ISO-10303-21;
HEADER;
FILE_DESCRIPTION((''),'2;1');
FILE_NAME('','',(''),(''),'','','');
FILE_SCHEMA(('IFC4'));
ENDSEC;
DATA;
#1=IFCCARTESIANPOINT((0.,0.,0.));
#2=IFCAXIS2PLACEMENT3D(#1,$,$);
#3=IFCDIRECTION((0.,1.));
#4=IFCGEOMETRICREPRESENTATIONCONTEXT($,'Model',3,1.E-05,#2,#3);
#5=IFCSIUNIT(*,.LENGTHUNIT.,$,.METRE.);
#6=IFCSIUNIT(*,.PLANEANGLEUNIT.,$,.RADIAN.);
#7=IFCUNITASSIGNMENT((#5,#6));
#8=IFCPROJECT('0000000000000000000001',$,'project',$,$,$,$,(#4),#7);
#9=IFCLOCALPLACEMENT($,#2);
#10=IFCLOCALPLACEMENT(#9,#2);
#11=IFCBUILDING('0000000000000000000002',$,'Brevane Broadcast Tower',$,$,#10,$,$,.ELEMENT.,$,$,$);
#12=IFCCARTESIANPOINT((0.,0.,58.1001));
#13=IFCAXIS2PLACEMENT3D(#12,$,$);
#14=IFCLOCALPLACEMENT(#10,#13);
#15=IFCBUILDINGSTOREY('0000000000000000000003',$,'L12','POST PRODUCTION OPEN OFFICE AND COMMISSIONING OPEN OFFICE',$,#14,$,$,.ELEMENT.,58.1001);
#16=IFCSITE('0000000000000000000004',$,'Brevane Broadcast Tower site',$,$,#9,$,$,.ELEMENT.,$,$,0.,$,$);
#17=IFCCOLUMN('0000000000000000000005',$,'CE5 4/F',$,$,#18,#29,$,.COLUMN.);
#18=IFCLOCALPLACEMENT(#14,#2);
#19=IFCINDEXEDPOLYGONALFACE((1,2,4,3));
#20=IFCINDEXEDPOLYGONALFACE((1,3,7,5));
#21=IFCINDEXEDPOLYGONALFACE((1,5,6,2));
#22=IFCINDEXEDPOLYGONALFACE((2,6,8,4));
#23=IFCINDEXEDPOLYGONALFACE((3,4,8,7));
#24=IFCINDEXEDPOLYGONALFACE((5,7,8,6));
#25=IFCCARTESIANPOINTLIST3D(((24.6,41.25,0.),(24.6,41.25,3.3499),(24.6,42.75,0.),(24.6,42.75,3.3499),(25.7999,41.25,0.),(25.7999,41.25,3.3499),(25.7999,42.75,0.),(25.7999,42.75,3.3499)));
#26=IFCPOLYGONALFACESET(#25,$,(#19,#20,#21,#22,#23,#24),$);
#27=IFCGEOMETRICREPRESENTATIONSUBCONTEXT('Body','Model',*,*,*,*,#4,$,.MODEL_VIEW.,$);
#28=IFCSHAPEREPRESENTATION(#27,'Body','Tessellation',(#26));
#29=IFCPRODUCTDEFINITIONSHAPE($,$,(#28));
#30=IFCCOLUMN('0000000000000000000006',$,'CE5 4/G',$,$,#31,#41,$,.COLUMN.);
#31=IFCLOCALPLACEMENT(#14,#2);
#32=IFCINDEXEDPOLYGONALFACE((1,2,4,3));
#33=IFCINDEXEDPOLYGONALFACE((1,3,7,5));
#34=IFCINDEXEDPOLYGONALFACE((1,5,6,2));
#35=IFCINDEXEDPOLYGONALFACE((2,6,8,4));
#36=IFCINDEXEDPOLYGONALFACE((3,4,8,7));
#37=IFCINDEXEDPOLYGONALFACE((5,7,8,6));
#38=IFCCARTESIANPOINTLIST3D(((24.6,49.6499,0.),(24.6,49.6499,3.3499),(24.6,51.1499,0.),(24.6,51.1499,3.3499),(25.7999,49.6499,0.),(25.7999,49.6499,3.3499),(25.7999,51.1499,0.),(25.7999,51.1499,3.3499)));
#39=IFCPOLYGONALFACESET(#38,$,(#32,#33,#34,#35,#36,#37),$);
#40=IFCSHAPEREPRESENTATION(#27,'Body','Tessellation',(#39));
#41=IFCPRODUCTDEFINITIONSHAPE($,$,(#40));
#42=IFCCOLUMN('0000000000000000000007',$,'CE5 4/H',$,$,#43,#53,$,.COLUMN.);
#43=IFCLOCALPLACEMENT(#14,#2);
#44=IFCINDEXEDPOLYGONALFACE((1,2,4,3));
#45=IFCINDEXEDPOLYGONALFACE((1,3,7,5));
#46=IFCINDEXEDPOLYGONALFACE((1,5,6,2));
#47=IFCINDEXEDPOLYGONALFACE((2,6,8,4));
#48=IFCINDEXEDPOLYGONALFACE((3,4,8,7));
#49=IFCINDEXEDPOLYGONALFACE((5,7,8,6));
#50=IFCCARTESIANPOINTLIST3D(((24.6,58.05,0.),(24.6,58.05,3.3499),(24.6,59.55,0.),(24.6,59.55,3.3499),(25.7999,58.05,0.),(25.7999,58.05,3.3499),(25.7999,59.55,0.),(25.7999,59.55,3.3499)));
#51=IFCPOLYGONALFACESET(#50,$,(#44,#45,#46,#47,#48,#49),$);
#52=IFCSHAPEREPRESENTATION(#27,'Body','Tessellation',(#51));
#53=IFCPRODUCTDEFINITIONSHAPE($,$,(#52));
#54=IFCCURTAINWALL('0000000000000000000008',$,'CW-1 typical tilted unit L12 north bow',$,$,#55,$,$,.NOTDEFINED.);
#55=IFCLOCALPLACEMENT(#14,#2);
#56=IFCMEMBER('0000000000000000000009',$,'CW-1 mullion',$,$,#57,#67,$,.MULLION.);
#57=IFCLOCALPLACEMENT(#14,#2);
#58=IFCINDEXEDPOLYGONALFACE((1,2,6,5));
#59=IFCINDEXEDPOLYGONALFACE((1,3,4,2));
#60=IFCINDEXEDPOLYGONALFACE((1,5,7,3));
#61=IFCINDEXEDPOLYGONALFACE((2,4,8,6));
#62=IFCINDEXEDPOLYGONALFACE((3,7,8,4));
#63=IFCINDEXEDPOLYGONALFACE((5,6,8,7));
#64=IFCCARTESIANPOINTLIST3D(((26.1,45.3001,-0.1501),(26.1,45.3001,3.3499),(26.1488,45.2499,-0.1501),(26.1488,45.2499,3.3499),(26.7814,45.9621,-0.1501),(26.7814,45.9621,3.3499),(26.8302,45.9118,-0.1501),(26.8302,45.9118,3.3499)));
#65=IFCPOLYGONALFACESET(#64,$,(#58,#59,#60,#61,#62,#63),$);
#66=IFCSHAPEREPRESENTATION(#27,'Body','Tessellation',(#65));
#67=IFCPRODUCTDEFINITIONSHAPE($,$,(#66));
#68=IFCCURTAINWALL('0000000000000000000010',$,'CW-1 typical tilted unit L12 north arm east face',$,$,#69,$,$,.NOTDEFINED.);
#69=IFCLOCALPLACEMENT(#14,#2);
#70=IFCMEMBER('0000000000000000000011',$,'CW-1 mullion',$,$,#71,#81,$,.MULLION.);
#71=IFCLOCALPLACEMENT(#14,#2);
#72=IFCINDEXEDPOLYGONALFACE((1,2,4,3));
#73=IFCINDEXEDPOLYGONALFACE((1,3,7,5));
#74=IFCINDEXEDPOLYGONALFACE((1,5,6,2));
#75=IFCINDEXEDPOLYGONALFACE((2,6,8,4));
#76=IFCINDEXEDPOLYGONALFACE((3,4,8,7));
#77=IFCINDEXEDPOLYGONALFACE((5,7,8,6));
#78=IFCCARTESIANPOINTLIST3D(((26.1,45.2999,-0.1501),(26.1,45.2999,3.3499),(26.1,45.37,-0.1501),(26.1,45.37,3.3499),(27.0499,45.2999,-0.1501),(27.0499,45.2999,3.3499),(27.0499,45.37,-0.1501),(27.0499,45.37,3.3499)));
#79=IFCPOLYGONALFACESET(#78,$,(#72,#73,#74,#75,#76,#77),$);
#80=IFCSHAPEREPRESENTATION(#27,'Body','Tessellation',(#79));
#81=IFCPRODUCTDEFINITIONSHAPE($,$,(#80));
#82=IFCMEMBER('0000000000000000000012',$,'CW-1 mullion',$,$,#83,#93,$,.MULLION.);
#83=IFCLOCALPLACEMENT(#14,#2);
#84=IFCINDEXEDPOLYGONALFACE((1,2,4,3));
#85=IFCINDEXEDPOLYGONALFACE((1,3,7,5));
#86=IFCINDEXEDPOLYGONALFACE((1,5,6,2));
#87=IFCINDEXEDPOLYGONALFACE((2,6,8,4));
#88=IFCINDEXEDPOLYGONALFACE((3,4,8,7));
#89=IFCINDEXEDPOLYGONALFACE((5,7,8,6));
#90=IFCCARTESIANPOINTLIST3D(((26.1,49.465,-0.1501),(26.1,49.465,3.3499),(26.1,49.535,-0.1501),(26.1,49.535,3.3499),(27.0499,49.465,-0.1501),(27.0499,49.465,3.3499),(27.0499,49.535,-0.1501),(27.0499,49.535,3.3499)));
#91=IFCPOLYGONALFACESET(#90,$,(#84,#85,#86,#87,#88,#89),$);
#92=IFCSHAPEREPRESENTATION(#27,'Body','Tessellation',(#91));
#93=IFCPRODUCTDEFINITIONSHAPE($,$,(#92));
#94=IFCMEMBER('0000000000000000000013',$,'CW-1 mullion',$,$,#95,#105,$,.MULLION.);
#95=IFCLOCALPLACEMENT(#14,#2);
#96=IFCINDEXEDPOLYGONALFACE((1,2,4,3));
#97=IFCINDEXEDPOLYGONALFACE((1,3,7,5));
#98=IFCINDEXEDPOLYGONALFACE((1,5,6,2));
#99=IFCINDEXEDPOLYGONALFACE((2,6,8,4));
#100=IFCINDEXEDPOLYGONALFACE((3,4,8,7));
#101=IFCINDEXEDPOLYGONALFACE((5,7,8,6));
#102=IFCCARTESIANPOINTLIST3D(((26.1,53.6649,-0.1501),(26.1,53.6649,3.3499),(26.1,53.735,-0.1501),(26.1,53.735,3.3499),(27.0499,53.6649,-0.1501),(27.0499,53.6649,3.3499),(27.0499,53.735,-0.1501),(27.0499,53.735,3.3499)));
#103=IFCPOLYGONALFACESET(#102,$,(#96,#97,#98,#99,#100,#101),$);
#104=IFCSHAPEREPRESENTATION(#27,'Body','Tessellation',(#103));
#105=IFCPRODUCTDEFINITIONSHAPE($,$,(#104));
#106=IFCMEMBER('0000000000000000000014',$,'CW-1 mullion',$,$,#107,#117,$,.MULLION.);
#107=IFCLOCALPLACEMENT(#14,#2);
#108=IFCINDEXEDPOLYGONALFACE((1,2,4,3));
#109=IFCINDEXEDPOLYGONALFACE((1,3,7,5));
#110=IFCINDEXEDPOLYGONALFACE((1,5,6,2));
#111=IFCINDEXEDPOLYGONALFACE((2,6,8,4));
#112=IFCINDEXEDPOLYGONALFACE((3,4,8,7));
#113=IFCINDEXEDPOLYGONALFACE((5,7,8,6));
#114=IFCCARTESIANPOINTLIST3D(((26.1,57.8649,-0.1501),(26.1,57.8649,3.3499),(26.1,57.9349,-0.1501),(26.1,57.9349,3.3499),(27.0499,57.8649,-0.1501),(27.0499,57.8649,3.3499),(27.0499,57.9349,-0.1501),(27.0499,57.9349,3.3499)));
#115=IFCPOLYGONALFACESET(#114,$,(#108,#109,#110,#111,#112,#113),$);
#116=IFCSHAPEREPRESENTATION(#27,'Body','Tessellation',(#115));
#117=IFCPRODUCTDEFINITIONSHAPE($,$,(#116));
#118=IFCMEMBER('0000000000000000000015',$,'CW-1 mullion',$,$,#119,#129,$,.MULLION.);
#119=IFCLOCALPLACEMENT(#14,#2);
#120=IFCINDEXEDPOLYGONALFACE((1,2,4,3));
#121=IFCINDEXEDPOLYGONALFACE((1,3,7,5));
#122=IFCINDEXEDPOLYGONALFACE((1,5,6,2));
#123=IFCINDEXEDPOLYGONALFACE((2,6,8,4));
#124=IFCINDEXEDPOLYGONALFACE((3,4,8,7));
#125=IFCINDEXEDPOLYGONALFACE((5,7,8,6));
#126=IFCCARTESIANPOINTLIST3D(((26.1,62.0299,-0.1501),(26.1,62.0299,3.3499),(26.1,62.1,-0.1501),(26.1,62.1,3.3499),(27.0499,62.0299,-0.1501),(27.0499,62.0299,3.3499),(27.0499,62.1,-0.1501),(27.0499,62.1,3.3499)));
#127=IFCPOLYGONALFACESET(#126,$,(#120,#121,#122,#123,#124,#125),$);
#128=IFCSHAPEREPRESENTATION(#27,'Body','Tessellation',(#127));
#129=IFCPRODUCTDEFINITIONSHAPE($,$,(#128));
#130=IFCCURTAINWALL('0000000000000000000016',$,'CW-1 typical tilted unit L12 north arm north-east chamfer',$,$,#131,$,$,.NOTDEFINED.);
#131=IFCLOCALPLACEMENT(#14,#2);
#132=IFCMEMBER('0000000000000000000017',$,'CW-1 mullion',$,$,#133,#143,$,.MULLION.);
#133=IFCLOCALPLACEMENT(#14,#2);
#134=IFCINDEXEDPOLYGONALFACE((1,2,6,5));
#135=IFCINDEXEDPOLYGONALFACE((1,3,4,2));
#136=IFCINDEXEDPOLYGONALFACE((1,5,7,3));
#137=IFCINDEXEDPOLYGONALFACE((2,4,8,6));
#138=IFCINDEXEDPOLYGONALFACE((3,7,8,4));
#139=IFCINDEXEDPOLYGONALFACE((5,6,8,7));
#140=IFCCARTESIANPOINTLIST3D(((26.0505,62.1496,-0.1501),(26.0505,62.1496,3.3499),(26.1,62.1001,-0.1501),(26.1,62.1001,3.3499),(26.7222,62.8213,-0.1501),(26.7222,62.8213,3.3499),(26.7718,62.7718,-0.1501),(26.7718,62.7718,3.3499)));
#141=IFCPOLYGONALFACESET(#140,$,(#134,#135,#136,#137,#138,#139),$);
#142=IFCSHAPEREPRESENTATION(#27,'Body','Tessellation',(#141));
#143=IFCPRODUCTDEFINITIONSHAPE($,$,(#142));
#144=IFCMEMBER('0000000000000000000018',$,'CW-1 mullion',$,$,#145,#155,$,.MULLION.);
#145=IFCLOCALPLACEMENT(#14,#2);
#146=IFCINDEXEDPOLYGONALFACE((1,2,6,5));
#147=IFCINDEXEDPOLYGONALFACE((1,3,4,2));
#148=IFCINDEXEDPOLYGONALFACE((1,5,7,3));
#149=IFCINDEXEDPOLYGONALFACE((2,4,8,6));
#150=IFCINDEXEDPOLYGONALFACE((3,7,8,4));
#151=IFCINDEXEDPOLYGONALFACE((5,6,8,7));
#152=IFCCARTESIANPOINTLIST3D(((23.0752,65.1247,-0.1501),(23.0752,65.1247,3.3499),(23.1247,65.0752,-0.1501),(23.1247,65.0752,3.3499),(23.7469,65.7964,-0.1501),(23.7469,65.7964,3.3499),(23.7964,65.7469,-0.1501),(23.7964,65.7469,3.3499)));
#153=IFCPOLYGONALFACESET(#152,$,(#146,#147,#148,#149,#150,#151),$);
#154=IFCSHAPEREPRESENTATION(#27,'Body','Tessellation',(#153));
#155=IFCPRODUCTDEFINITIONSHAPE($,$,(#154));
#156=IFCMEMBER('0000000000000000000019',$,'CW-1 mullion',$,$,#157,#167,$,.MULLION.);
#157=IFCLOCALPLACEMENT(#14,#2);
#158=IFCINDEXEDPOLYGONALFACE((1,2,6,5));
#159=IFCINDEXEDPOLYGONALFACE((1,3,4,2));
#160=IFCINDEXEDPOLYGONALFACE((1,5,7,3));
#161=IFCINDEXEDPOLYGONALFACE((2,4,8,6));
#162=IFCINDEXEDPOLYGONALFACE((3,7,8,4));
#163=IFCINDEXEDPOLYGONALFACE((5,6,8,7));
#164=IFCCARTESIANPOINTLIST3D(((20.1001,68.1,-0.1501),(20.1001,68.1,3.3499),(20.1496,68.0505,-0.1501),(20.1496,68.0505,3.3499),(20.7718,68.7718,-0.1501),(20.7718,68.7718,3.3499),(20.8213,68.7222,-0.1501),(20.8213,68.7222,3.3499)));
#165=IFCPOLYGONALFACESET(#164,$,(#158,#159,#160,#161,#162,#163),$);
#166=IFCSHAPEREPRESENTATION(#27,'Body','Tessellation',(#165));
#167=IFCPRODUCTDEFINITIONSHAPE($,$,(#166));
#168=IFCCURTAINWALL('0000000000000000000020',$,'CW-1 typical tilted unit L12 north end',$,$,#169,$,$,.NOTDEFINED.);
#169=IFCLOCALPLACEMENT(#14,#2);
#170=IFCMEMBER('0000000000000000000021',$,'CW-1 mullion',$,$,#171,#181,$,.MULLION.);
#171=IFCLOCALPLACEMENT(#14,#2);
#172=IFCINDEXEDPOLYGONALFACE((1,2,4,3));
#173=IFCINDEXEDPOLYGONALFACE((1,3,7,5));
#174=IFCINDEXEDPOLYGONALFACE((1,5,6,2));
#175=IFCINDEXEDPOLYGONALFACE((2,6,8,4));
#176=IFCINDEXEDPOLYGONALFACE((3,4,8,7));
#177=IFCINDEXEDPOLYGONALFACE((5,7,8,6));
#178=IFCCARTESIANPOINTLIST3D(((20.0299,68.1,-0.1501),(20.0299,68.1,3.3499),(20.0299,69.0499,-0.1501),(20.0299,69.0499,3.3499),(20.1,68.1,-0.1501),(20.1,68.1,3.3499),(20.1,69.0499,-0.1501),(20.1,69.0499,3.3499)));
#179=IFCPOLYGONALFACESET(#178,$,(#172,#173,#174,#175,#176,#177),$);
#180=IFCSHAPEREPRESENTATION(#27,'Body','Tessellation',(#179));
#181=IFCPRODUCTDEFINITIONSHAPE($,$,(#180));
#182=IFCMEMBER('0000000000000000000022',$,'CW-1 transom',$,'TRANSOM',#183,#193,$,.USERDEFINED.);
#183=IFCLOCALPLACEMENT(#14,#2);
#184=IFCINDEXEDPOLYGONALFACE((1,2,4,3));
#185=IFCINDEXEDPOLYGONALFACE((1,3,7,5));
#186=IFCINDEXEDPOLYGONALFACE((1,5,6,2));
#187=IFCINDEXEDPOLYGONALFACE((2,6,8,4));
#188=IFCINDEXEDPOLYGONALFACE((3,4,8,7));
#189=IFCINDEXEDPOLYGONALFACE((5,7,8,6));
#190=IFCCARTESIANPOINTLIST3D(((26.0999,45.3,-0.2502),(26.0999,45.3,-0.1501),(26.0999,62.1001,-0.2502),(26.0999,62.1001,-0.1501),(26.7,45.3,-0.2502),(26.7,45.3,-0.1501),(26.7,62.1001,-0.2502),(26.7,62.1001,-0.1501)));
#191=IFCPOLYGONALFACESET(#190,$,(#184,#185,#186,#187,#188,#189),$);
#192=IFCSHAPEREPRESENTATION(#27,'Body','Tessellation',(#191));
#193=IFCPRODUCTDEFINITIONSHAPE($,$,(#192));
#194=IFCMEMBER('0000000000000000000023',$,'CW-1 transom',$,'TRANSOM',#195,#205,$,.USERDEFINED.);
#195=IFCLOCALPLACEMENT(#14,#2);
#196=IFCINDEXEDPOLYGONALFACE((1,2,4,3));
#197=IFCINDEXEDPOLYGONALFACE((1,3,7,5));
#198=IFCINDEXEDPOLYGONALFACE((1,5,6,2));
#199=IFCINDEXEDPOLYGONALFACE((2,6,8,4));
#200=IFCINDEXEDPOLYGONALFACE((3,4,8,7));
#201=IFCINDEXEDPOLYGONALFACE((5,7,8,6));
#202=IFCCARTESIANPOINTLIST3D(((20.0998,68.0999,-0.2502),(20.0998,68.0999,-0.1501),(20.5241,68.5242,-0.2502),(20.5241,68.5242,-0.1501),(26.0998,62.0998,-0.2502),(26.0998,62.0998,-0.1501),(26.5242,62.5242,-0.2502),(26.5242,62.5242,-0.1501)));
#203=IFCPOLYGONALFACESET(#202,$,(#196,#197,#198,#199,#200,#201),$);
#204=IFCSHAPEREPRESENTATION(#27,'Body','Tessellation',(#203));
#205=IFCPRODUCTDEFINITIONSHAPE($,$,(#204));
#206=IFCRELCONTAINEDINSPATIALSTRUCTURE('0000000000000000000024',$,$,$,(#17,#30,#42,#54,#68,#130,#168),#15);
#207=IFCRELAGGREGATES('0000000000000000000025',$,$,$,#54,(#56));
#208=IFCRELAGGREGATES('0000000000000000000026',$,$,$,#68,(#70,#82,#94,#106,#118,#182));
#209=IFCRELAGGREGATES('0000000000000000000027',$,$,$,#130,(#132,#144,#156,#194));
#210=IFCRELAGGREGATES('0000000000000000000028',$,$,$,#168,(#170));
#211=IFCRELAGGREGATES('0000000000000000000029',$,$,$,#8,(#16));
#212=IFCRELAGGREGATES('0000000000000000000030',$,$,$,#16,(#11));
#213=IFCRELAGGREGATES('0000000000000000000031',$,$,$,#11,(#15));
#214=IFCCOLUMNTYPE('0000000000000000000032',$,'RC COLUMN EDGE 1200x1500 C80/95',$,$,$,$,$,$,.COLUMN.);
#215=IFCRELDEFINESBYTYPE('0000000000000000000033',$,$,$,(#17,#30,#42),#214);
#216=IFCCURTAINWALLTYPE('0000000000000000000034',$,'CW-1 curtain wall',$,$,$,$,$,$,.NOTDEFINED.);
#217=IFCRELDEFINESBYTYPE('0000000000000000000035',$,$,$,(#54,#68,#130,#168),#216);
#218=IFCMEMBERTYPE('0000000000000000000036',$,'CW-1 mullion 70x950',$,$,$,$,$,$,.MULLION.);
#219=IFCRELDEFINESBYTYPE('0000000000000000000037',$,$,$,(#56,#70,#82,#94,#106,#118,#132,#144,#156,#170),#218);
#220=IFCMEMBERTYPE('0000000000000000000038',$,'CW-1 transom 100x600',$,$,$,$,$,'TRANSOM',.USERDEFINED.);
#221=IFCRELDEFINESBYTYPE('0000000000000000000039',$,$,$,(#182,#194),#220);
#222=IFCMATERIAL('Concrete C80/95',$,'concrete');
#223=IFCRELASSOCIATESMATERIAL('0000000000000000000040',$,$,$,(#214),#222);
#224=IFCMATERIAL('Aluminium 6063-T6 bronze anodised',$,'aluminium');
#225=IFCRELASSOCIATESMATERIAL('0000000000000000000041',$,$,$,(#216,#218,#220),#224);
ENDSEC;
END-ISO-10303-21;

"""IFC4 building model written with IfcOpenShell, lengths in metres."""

from ifc_helpers import new_model, si_unit, direction, frame, origin, origin_2d, place, context, subcontext, project, spatial, rectangle, extrude, material, material_profile, profile_set, type_object, element, aggregate, save


model = new_model("IFC4")

# Units and contexts
model_context = context("Model", 3, precision=1e-05, world=origin(), true_north=direction((0.0, 1.0)))
body_context = subcontext(model_context, "Body", "Model", "MODEL_VIEW")
ifc_project = project(units=[si_unit("LENGTHUNIT", "METRE"), si_unit("PLANEANGLEUNIT", "RADIAN")], contexts=[model_context])

# Site, building, storey
site_placement = place(None, origin())
site = spatial("IfcSite", under=ifc_project, at=site_placement, Name="Brevane Broadcast Tower site", CompositionType="ELEMENT", RefElevation=0.0)
building_placement = place(site_placement, origin())
building = spatial("IfcBuilding", under=site, at=building_placement, Name="Brevane Broadcast Tower", CompositionType="ELEMENT")
storey_placement = place(building_placement, frame((0.0, 0.0, 58.1001)))
storey = spatial("IfcBuildingStorey", under=building, at=storey_placement, Name="L12", Description="POST PRODUCTION OPEN OFFICE AND COMMISSIONING OPEN OFFICE", CompositionType="ELEMENT", Elevation=58.1001)

# Columns
ifc_material_1 = material(Name="Concrete C80/95", Category="concrete")
ifc_material_profile_1 = material_profile(ifc_material_1, rectangle(XDim=1.2, YDim=1.5, at=origin_2d()), Name="RC 1200x1500")
ifc_profile_set_1 = profile_set([ifc_material_profile_1], Name="Concrete C80/95")
column_type = type_object("IfcColumnType", Name="RC COLUMN EDGE 1200x1500 C80/95", PredefinedType="COLUMN", material=ifc_profile_set_1)
for number, where, z_axis, x_axis, name in (
    (1, (25.2, 42.0, 0.0), (0.0, 0.0, 1.0), (1.0, 0.0, 0.0), "CE5 4/F"),
    (2, (25.2, 50.3999, 0.0), (0.0, 0.0, 1.0), (1.0, 0.0, 0.0), "CE5 4/G"),
    (3, (25.2, 58.8, 0.0), (0.0, 0.0, 1.0), (1.0, 0.0, 0.0), "CE5 4/H"),
):
    element("IfcColumn", number, at=place(storey_placement, frame(where, z_axis=z_axis, x_axis=x_axis)), inside=storey, type_object=column_type, Name=name, PredefinedType="COLUMN", context=body_context, shape_type="SweptSolid", body=[
        extrude(rectangle(XDim=1.2, YDim=1.5, at=origin_2d()), origin(), (0.0, 0.0, 1.0), 3.3499),
    ])

# Curtain wall, member
ifc_material_2 = material(Name="Aluminium 6063-T6 bronze anodised", Category="aluminium")
curtain_wall_type = type_object("IfcCurtainWallType", Name="CW-1 curtain wall", PredefinedType="NOTDEFINED", material=ifc_material_2)
curtain_wall_1_placement = place(storey_placement, origin())
curtain_wall_1 = element("IfcCurtainWall", 4, at=curtain_wall_1_placement, inside=storey, type_object=curtain_wall_type, Name="CW-1 typical tilted unit L12 north bow", PredefinedType="NOTDEFINED")
ifc_material_profile_2 = material_profile(ifc_material_2, rectangle(XDim=0.95, YDim=0.0701, at=origin_2d()), Name="RECT 70x950")
ifc_profile_set_2 = profile_set([ifc_material_profile_2], Name="Aluminium 6063-T6 bronze anodised")
member_type_1 = type_object("IfcMemberType", Name="CW-1 mullion 70x950", PredefinedType="MULLION", material=ifc_profile_set_2)
member_1_placement = place(storey_placement, frame((26.4651, 45.606, -0.1501), z_axis=(0.0, 0.0, 1.0), x_axis=(-0.717254, -0.696812, 0.0)))
member_1 = element("IfcMember", 5, at=member_1_placement, type_object=member_type_1, Name="CW-1 mullion", PredefinedType="MULLION", context=body_context, shape_type="SweptSolid", body=[
    extrude(rectangle(XDim=0.95, YDim=0.0701, at=origin_2d()), origin(), (0.0, 0.0, 1.0), 3.5),
])
aggregate(curtain_wall_1, [member_1])

# Curtain walls, members
curtain_wall_2_placement = place(storey_placement, origin())
curtain_wall_2 = element("IfcCurtainWall", 6, at=curtain_wall_2_placement, inside=storey, type_object=curtain_wall_type, Name="CW-1 typical tilted unit L12 north arm east face", PredefinedType="NOTDEFINED")
member_2_placement = place(storey_placement, frame((26.575, 45.335, -0.1501), z_axis=(0.0, 0.0, 1.0), x_axis=(-1.0, 0.0, 0.0)))
member_2 = element("IfcMember", 7, at=member_2_placement, type_object=member_type_1, Name="CW-1 mullion", PredefinedType="MULLION", context=body_context, shape_type="SweptSolid", body=[
    extrude(rectangle(XDim=0.95, YDim=0.0701, at=origin_2d()), origin(), (0.0, 0.0, 1.0), 3.5),
])
member_3_placement = place(storey_placement, frame((26.575, 49.5, -0.1501), z_axis=(0.0, 0.0, 1.0), x_axis=(-1.0, 0.0, 0.0)))
member_3 = element("IfcMember", 8, at=member_3_placement, type_object=member_type_1, Name="CW-1 mullion", PredefinedType="MULLION", context=body_context, shape_type="SweptSolid", body=[
    extrude(rectangle(XDim=0.95, YDim=0.0701, at=origin_2d()), origin(), (0.0, 0.0, 1.0), 3.5),
])
member_4_placement = place(storey_placement, frame((26.575, 53.7, -0.1501), z_axis=(0.0, 0.0, 1.0), x_axis=(-1.0, 0.0, 0.0)))
member_4 = element("IfcMember", 9, at=member_4_placement, type_object=member_type_1, Name="CW-1 mullion", PredefinedType="MULLION", context=body_context, shape_type="SweptSolid", body=[
    extrude(rectangle(XDim=0.95, YDim=0.0701, at=origin_2d()), origin(), (0.0, 0.0, 1.0), 3.5),
])
member_5_placement = place(storey_placement, frame((26.575, 57.8999, -0.1501), z_axis=(0.0, 0.0, 1.0), x_axis=(-1.0, 0.0, 0.0)))
member_5 = element("IfcMember", 10, at=member_5_placement, type_object=member_type_1, Name="CW-1 mullion", PredefinedType="MULLION", context=body_context, shape_type="SweptSolid", body=[
    extrude(rectangle(XDim=0.95, YDim=0.0701, at=origin_2d()), origin(), (0.0, 0.0, 1.0), 3.5),
])
member_6_placement = place(storey_placement, frame((26.575, 62.0649, -0.1501), z_axis=(0.0, 0.0, 1.0), x_axis=(-1.0, 0.0, 0.0)))
member_6 = element("IfcMember", 11, at=member_6_placement, type_object=member_type_1, Name="CW-1 mullion", PredefinedType="MULLION", context=body_context, shape_type="SweptSolid", body=[
    extrude(rectangle(XDim=0.95, YDim=0.0701, at=origin_2d()), origin(), (0.0, 0.0, 1.0), 3.5),
])
curtain_wall_3_placement = place(storey_placement, origin())
curtain_wall_3 = element("IfcCurtainWall", 12, at=curtain_wall_3_placement, inside=storey, type_object=curtain_wall_type, Name="CW-1 typical tilted unit L12 north arm north-east chamfer", PredefinedType="NOTDEFINED")
member_7_placement = place(storey_placement, frame((26.4111, 62.4607, -0.1501), z_axis=(0.0, 0.0, 1.0), x_axis=(-0.707107, -0.707107, 0.0)))
member_7 = element("IfcMember", 13, at=member_7_placement, type_object=member_type_1, Name="CW-1 mullion", PredefinedType="MULLION", context=body_context, shape_type="SweptSolid", body=[
    extrude(rectangle(XDim=0.95, YDim=0.0701, at=origin_2d()), origin(), (0.0, 0.0, 1.0), 3.5),
])
member_8_placement = place(storey_placement, frame((23.4358, 65.4358, -0.1501), z_axis=(0.0, 0.0, 1.0), x_axis=(-0.707107, -0.707107, 0.0)))
member_8 = element("IfcMember", 14, at=member_8_placement, type_object=member_type_1, Name="CW-1 mullion", PredefinedType="MULLION", context=body_context, shape_type="SweptSolid", body=[
    extrude(rectangle(XDim=0.95, YDim=0.0701, at=origin_2d()), origin(), (0.0, 0.0, 1.0), 3.5),
])
member_9_placement = place(storey_placement, frame((20.4607, 68.4111, -0.1501), z_axis=(0.0, 0.0, 1.0), x_axis=(-0.707107, -0.707107, 0.0)))
member_9 = element("IfcMember", 15, at=member_9_placement, type_object=member_type_1, Name="CW-1 mullion", PredefinedType="MULLION", context=body_context, shape_type="SweptSolid", body=[
    extrude(rectangle(XDim=0.95, YDim=0.0701, at=origin_2d()), origin(), (0.0, 0.0, 1.0), 3.5),
])

# Curtain wall, member
curtain_wall_4_placement = place(storey_placement, origin())
curtain_wall_4 = element("IfcCurtainWall", 16, at=curtain_wall_4_placement, inside=storey, type_object=curtain_wall_type, Name="CW-1 typical tilted unit L12 north end", PredefinedType="NOTDEFINED")
member_10_placement = place(storey_placement, frame((20.0649, 68.575, -0.1501), z_axis=(0.0, 0.0, 1.0), x_axis=(0.0, -1.0, 0.0)))
member_10 = element("IfcMember", 17, at=member_10_placement, type_object=member_type_1, Name="CW-1 mullion", PredefinedType="MULLION", context=body_context, shape_type="SweptSolid", body=[
    extrude(rectangle(XDim=0.95, YDim=0.0701, at=origin_2d()), origin(), (0.0, 0.0, 1.0), 3.5),
])

# Members
ifc_material_profile_3 = material_profile(ifc_material_2, rectangle(XDim=0.6001, YDim=0.1001, at=origin_2d()), Name="RECT 100x600")
ifc_profile_set_3 = profile_set([ifc_material_profile_3], Name="Aluminium 6063-T6 bronze anodised")
member_type_2 = type_object("IfcMemberType", Name="CW-1 transom 100x600", ElementType="TRANSOM", PredefinedType="USERDEFINED", material=ifc_profile_set_3)
member_11_placement = place(storey_placement, frame((26.3999, 45.3, -0.2002), z_axis=(0.0, 1.0, 0.0), x_axis=(-1.0, 0.0, 0.0)))
member_11 = element("IfcMember", 18, at=member_11_placement, type_object=member_type_2, Name="CW-1 transom", ObjectType="TRANSOM", PredefinedType="USERDEFINED", context=body_context, shape_type="SweptSolid", body=[
    extrude(rectangle(XDim=0.6001, YDim=0.1001, at=origin_2d()), origin(), (0.0, 0.0, 1.0), 16.8),
])
aggregate(curtain_wall_2, [member_2, member_3, member_4, member_5, member_6, member_11])
member_12_placement = place(storey_placement, frame((26.312, 62.312, -0.2002), z_axis=(-0.707107, 0.707107, 0.0), x_axis=(-0.707107, -0.707107, 0.0)))
member_12 = element("IfcMember", 19, at=member_12_placement, type_object=member_type_2, Name="CW-1 transom", ObjectType="TRANSOM", PredefinedType="USERDEFINED", context=body_context, shape_type="SweptSolid", body=[
    extrude(rectangle(XDim=0.6001, YDim=0.1001, at=origin_2d()), origin(), (0.0, 0.0, 1.0), 8.4854),
])
aggregate(curtain_wall_3, [member_7, member_8, member_9, member_12])
aggregate(curtain_wall_4, [member_10])

save(model, "model.ifc")
